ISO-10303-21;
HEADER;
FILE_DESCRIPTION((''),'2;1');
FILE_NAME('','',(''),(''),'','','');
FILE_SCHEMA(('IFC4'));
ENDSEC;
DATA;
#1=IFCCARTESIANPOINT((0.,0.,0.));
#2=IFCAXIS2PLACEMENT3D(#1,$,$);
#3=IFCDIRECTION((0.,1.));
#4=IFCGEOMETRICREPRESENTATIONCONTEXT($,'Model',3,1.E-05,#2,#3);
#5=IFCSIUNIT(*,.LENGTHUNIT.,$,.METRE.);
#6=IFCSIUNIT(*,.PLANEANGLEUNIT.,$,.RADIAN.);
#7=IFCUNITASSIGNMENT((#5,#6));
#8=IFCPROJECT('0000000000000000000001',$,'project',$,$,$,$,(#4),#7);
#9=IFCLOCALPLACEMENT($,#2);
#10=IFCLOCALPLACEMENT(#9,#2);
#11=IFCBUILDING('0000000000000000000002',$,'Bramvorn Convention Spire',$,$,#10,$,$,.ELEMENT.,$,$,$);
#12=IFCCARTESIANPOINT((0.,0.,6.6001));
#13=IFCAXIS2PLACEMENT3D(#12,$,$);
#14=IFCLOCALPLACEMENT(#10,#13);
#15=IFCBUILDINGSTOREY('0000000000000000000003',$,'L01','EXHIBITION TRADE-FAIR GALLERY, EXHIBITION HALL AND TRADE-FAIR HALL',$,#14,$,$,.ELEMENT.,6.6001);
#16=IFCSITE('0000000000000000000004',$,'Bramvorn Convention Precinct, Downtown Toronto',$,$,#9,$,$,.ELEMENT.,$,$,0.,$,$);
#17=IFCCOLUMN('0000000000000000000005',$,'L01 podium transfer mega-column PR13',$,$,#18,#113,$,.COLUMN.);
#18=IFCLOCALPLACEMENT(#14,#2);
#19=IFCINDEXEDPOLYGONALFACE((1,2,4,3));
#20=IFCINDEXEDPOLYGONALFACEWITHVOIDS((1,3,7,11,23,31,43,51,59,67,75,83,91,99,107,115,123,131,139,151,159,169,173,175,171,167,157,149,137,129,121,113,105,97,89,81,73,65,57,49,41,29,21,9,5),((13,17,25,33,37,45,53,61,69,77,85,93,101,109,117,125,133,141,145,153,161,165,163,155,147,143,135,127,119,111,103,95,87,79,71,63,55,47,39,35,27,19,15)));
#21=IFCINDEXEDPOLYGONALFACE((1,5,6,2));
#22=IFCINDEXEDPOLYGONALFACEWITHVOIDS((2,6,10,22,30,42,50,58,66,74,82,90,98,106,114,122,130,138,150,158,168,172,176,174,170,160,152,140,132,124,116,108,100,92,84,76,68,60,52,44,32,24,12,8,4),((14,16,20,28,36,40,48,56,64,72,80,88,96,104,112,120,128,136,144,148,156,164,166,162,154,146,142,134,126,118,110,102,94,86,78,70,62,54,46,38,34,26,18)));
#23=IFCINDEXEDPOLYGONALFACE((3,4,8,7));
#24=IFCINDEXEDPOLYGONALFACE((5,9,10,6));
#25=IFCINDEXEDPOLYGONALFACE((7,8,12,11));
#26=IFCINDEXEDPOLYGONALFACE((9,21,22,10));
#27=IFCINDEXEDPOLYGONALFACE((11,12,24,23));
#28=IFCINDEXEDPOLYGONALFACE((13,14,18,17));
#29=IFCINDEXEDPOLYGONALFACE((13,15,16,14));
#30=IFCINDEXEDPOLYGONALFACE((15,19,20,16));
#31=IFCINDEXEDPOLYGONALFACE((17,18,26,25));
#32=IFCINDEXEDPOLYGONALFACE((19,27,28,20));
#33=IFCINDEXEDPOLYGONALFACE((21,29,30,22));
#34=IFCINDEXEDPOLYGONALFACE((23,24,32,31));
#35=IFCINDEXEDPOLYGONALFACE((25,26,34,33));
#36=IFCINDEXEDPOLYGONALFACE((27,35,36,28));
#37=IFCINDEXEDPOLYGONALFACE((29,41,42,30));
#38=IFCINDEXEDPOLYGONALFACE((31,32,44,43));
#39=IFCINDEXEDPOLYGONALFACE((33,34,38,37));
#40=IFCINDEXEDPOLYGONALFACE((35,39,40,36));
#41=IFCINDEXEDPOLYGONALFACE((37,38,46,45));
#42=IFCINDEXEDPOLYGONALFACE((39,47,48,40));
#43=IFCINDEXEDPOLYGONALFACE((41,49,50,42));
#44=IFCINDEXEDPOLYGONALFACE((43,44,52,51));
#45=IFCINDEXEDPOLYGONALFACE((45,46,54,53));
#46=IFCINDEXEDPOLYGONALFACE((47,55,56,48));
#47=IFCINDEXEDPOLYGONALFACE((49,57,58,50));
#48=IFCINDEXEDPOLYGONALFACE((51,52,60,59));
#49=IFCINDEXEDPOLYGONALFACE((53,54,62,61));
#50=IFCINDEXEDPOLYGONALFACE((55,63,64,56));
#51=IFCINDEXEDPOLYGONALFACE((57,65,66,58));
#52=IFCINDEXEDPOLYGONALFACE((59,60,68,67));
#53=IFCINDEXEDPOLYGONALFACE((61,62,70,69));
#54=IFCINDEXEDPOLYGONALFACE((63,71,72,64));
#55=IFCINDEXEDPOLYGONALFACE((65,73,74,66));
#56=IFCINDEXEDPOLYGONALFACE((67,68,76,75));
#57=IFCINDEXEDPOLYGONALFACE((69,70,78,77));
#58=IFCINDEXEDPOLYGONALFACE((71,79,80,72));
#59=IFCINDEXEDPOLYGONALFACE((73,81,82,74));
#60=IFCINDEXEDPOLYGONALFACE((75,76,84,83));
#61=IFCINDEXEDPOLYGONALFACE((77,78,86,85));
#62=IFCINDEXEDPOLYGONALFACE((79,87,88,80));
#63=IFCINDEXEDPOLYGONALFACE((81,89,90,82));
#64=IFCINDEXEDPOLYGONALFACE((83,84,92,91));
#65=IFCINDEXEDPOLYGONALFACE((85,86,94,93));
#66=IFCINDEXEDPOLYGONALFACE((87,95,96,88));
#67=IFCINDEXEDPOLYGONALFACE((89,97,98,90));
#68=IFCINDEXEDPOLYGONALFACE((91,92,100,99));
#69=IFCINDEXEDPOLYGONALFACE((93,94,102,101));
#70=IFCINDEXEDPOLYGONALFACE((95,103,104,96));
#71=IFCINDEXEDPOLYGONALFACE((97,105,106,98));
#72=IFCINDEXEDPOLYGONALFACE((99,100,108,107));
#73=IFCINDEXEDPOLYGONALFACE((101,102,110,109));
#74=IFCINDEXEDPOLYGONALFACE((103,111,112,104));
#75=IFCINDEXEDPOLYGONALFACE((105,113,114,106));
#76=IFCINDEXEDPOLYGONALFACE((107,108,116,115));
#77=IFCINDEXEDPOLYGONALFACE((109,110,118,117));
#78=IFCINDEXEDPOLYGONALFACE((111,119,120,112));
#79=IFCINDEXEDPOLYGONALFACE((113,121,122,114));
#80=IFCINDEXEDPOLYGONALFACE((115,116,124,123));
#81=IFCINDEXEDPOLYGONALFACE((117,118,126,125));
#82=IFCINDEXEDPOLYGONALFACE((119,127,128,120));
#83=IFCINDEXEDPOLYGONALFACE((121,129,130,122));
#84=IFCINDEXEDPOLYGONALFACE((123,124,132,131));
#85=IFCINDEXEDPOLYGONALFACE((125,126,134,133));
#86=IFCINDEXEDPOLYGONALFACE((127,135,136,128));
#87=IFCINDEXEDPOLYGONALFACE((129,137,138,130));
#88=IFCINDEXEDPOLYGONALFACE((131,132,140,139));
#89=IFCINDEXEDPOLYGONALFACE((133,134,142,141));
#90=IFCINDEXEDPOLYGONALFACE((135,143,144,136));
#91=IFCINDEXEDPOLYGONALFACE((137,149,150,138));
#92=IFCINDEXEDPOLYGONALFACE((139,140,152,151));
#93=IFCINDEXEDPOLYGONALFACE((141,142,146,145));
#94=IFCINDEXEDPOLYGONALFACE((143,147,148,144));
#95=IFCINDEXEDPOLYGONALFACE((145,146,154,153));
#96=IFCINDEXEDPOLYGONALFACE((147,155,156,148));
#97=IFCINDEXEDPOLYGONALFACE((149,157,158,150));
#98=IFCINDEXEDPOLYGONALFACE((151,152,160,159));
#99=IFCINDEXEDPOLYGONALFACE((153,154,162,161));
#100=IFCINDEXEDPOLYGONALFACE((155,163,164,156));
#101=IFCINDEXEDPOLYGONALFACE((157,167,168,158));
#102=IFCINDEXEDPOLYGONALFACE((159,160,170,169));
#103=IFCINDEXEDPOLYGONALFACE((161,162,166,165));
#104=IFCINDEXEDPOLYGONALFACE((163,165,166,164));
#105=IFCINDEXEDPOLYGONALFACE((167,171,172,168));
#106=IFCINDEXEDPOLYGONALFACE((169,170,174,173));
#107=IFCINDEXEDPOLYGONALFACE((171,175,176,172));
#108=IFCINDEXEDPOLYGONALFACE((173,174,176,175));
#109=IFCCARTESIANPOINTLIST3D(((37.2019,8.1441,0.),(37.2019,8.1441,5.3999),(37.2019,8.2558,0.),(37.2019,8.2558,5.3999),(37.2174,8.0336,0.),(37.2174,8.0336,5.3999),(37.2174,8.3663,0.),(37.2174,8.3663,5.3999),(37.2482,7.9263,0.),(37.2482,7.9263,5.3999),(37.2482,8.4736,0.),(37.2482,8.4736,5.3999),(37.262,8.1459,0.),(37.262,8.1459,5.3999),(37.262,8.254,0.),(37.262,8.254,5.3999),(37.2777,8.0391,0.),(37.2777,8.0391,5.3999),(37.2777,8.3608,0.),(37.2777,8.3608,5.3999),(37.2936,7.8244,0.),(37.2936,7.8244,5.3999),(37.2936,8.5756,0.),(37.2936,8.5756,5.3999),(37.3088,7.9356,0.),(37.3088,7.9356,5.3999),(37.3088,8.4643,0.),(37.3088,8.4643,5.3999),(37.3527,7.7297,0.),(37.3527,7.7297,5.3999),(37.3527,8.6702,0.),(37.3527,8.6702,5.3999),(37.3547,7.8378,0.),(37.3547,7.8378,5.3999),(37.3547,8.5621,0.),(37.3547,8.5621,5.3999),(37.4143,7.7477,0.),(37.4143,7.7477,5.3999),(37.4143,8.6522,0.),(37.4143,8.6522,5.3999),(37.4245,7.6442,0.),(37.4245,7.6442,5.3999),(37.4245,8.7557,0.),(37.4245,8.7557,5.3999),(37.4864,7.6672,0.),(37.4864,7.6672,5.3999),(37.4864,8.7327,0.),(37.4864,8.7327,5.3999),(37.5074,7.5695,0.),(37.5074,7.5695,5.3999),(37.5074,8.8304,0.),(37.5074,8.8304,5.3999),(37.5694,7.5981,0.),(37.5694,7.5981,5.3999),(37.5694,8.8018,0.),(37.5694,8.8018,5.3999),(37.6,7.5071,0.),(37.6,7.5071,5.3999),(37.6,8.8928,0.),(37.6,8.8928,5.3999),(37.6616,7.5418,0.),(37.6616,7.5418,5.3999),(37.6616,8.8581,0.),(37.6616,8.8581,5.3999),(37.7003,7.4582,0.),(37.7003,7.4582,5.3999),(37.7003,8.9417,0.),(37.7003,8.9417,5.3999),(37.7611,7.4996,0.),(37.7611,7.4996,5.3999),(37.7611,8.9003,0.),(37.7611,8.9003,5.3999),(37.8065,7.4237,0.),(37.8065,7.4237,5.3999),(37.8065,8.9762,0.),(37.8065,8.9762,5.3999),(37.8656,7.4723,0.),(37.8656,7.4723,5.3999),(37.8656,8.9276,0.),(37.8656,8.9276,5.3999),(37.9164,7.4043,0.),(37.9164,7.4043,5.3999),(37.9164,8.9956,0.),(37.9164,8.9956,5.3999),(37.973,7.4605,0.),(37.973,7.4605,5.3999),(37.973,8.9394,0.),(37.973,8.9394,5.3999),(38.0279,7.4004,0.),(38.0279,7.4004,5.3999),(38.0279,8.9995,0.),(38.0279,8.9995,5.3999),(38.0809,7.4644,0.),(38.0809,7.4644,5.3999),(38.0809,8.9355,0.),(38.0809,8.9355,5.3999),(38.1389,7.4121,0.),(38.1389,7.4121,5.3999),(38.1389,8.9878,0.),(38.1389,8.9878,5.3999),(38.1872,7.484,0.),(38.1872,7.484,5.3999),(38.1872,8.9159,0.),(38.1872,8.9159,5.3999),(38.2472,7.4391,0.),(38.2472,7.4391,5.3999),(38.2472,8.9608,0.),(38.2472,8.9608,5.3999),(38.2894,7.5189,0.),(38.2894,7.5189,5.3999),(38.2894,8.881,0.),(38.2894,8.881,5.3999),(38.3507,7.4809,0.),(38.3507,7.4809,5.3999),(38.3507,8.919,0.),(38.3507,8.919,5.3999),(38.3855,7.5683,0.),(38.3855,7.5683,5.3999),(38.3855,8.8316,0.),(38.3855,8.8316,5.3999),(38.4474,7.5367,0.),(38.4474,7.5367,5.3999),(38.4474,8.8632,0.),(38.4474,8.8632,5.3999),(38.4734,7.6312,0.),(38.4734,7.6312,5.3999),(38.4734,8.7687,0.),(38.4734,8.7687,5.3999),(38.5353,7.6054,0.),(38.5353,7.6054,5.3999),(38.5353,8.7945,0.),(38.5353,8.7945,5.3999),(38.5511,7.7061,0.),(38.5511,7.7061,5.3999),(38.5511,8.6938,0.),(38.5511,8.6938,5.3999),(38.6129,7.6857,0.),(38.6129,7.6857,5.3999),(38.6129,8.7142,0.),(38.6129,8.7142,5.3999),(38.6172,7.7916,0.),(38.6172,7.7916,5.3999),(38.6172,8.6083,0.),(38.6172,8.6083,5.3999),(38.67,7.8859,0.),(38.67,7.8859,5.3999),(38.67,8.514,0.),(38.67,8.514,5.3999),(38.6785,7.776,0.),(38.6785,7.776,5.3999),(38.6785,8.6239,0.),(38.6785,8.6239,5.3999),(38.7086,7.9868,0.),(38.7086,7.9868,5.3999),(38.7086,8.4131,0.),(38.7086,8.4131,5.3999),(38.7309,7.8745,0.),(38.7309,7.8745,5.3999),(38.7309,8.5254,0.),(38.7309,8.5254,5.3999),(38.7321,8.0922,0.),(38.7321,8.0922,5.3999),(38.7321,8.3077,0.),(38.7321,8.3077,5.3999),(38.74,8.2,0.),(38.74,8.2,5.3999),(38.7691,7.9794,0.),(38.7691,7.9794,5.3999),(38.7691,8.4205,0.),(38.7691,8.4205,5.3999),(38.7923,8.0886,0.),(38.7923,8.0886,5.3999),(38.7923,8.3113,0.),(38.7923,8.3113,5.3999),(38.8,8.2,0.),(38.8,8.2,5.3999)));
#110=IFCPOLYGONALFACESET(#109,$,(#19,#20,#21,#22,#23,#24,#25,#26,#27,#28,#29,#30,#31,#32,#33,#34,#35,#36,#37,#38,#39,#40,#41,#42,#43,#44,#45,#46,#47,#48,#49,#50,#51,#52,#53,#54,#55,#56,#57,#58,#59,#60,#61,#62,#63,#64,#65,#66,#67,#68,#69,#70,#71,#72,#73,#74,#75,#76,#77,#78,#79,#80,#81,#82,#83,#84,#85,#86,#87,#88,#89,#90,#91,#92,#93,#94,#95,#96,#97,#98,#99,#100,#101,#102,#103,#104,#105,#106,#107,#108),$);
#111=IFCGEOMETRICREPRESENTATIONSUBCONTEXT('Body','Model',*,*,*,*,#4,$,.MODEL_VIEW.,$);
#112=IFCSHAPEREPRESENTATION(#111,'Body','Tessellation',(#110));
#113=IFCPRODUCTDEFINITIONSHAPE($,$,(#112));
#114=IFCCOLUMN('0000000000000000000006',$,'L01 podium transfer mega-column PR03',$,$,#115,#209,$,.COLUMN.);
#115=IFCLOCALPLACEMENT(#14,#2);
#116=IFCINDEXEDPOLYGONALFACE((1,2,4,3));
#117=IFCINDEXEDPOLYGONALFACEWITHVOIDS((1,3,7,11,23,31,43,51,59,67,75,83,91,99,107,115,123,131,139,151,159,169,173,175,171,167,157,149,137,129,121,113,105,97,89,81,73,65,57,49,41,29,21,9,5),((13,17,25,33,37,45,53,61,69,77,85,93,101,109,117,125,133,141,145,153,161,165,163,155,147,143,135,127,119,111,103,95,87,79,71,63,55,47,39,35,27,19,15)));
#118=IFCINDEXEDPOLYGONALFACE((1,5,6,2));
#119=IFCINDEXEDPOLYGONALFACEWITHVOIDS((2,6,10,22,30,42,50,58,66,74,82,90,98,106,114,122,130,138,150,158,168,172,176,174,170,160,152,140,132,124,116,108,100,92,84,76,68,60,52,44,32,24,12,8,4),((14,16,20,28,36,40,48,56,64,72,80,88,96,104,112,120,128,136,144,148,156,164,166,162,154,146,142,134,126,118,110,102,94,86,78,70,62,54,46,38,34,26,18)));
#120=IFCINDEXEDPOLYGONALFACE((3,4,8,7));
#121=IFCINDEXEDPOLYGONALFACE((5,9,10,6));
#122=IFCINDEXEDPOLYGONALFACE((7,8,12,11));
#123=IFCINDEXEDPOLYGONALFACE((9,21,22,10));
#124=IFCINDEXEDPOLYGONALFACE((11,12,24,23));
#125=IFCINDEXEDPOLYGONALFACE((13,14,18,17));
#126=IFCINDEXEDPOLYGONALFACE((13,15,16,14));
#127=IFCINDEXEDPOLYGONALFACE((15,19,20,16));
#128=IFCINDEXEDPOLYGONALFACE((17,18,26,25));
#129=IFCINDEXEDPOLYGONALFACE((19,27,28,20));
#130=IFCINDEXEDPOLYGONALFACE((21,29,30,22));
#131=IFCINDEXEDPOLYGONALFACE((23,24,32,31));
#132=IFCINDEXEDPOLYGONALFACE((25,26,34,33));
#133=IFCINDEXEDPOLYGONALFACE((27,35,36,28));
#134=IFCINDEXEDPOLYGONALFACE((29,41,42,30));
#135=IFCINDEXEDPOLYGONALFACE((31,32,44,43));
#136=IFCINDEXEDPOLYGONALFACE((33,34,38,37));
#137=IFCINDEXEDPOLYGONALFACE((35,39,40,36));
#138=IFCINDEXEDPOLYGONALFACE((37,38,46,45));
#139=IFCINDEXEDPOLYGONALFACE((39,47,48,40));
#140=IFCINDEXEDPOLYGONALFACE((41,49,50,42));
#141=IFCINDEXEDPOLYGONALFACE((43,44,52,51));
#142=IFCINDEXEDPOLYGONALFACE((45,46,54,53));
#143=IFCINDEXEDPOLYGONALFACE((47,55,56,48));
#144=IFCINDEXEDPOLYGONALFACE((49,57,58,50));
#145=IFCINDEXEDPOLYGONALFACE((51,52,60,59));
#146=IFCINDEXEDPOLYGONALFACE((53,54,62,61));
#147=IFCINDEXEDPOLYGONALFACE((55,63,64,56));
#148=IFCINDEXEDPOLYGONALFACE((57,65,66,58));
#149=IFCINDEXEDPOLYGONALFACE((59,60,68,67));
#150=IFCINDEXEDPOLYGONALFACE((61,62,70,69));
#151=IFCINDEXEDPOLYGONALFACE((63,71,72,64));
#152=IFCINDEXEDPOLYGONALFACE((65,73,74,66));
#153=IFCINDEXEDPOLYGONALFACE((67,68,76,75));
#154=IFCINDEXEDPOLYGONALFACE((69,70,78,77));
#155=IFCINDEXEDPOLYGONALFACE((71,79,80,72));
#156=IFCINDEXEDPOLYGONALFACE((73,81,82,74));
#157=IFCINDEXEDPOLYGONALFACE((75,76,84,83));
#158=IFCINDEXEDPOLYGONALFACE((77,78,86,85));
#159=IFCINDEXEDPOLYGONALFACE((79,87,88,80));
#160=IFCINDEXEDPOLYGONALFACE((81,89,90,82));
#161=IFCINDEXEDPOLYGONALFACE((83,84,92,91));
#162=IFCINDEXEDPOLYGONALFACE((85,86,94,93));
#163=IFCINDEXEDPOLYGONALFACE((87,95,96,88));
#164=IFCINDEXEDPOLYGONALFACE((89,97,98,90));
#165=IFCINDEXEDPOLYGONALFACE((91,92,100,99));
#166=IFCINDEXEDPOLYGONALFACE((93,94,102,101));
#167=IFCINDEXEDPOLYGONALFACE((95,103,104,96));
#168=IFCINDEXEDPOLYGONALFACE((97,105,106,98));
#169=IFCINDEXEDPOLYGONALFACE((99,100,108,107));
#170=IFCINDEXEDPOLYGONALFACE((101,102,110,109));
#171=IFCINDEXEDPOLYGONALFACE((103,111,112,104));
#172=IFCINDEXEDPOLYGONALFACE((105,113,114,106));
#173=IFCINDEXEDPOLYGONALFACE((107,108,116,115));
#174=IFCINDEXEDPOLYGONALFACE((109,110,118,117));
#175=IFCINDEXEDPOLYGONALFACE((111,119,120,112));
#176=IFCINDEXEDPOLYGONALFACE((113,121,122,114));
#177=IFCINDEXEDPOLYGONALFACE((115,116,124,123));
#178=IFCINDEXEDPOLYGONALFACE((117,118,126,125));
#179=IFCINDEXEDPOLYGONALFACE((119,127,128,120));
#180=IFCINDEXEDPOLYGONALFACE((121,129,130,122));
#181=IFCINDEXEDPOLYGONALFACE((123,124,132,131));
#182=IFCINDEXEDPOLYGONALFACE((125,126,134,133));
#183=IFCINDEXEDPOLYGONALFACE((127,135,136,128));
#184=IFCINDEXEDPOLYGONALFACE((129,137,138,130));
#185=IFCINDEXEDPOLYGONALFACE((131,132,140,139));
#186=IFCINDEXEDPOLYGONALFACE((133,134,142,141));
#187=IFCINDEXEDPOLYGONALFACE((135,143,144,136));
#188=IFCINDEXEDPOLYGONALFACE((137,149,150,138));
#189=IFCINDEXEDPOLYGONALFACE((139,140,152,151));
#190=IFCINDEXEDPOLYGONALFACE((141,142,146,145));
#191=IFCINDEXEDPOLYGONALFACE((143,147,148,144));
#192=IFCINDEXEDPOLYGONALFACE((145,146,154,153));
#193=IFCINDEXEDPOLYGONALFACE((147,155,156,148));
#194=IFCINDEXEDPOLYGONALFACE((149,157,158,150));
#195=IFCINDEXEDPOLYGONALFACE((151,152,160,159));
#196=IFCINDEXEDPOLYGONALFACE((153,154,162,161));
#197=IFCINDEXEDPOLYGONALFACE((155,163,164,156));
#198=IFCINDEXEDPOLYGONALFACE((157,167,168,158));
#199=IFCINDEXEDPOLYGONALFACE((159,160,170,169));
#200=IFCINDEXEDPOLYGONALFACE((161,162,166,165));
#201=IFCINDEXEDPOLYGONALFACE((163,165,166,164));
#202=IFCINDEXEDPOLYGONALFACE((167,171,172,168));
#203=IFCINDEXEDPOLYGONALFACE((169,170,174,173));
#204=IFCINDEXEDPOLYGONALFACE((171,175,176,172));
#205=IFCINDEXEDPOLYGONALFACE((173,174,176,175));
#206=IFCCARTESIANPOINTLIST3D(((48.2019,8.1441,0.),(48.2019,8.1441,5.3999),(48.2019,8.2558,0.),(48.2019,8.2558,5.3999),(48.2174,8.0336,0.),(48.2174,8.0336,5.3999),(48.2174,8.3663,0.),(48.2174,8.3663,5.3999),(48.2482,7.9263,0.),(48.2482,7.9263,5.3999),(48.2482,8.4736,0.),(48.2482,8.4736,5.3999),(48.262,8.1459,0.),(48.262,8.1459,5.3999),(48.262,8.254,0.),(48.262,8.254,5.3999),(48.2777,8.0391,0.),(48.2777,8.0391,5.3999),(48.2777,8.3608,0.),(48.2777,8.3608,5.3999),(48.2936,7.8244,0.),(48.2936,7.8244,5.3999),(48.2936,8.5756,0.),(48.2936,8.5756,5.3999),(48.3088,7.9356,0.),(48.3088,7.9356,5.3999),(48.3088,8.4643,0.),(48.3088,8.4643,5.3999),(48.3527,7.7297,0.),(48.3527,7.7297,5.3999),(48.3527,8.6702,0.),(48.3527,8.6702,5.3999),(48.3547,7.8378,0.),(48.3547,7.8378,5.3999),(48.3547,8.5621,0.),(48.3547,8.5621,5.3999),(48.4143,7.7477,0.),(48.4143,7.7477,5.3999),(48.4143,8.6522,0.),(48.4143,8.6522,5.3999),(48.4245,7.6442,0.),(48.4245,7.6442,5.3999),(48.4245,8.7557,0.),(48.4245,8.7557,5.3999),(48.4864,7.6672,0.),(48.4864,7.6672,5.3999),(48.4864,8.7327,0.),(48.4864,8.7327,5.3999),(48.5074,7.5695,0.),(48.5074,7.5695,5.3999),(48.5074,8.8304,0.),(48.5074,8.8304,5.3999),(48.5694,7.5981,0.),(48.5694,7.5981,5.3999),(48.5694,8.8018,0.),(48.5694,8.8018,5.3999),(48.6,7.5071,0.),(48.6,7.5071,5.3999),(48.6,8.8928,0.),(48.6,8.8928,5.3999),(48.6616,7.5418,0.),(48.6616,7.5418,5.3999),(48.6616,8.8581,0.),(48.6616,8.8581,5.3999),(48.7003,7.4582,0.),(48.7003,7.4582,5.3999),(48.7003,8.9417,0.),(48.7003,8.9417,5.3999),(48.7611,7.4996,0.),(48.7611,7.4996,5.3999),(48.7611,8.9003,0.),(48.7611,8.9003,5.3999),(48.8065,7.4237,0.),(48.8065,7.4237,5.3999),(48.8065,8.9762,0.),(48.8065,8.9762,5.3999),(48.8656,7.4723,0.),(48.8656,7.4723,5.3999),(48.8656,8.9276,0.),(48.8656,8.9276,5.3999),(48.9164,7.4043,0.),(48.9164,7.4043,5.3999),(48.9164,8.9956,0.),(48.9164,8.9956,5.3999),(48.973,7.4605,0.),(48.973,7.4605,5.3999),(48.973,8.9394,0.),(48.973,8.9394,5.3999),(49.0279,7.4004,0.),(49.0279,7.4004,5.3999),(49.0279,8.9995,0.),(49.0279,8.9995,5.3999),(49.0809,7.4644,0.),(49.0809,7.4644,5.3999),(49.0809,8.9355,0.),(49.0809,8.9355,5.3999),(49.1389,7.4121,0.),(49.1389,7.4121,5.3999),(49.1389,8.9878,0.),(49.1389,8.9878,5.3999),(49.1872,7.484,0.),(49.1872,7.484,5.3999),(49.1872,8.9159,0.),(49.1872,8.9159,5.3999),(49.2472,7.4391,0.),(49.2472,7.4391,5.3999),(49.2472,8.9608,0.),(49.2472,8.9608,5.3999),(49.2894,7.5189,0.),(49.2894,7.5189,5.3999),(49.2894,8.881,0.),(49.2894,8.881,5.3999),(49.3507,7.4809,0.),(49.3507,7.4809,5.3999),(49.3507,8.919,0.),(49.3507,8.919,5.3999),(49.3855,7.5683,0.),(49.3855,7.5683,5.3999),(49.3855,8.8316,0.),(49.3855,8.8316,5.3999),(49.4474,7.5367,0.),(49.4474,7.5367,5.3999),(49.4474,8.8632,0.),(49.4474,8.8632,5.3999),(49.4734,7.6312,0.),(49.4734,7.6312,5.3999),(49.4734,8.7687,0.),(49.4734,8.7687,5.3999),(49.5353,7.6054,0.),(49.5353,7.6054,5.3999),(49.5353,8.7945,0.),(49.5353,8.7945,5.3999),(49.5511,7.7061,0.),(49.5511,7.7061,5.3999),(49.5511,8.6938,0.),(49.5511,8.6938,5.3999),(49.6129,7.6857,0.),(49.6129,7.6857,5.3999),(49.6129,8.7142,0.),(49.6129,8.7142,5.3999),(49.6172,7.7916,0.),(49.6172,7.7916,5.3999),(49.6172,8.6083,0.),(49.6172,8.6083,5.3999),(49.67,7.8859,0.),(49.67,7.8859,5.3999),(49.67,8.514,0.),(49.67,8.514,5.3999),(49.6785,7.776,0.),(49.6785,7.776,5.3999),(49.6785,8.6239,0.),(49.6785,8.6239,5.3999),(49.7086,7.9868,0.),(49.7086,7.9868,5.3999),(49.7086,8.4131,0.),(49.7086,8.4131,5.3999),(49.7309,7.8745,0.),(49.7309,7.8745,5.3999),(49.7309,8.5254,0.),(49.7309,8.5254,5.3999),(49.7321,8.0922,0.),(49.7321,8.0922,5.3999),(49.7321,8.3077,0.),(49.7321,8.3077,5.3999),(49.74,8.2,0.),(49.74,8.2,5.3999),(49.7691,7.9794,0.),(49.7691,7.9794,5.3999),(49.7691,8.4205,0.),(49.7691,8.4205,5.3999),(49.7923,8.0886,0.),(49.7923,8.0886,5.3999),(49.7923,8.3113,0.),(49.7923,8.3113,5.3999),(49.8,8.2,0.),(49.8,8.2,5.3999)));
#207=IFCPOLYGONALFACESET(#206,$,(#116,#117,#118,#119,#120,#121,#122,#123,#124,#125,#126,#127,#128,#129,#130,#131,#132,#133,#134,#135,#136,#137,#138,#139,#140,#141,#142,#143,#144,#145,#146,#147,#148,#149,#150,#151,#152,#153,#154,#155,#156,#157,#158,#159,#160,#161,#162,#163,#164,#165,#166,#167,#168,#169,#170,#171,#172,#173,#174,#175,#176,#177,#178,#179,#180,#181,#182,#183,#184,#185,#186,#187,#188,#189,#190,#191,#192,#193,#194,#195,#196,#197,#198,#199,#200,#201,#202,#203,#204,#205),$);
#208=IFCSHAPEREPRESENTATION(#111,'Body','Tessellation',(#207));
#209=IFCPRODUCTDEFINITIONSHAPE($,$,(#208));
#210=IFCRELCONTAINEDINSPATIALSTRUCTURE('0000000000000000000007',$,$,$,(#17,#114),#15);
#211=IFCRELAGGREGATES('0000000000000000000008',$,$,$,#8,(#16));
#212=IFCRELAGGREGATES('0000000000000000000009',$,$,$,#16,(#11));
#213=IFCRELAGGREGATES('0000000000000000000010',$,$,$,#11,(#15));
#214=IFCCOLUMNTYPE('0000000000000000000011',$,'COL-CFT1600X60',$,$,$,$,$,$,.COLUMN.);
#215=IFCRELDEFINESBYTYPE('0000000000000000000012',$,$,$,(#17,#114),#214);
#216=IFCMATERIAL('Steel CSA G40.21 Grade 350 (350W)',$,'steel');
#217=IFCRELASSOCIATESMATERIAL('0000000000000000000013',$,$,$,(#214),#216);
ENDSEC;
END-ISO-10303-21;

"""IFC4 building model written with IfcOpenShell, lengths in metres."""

from ifc_helpers import new_model, si_unit, direction, frame, origin, origin_2d, place, context, subcontext, project, spatial, hollow_circle, extrude, material, material_profile, profile_set, type_object, element, save


model = new_model("IFC4")

# Units and contexts
model_context = context("Model", 3, precision=1e-05, world=origin(), true_north=direction((0.0, 1.0)))
body_context = subcontext(model_context, "Body", "Model", "MODEL_VIEW")
ifc_project = project(units=[si_unit("LENGTHUNIT", "METRE"), si_unit("PLANEANGLEUNIT", "RADIAN")], contexts=[model_context])

# Site, building, storey
site_placement = place(None, origin())
site = spatial("IfcSite", under=ifc_project, at=site_placement, Name="Bramvorn Convention Precinct, Downtown Toronto", CompositionType="ELEMENT", RefElevation=0.0)
building_placement = place(site_placement, origin())
building = spatial("IfcBuilding", under=site, at=building_placement, Name="Bramvorn Convention Spire", CompositionType="ELEMENT")
storey_placement = place(building_placement, frame((0.0, 0.0, 6.6001)))
storey = spatial("IfcBuildingStorey", under=building, at=storey_placement, Name="L01", Description="EXHIBITION TRADE-FAIR GALLERY, EXHIBITION HALL AND TRADE-FAIR HALL", CompositionType="ELEMENT", Elevation=6.6001)

# Columns
ifc_material_1 = material(Name="Steel CSA G40.21 Grade 350 (350W)", Category="steel")
ifc_material_profile_1 = material_profile(ifc_material_1, hollow_circle(Radius=0.8, WallThickness=0.0601, at=origin_2d()))
ifc_profile_set_1 = profile_set([ifc_material_profile_1], Name="Steel CSA G40.21 Grade 350 (350W) - CFT1600X60")
column_type_1 = type_object("IfcColumnType", Name="COL-CFT1600X60", PredefinedType="COLUMN", material=ifc_profile_set_1)
for number, where, z_axis, x_axis, name in (
    (1, (38.0, 8.2, 0.0), (0.0, 0.0, 1.0), (1.0, 0.0, 0.0), "L01 podium transfer mega-column PR13"),
    (2, (49.0, 8.2, 0.0), (0.0, 0.0, 1.0), (1.0, 0.0, 0.0), "L01 podium transfer mega-column PR03"),
):
    element("IfcColumn", number, at=place(storey_placement, frame(where, z_axis=z_axis, x_axis=x_axis)), inside=storey, type_object=column_type_1, Name=name, PredefinedType="COLUMN", context=body_context, shape_type="SweptSolid", body=[
        extrude(hollow_circle(Radius=0.8, WallThickness=0.0601, at=origin_2d()), origin(), (0.0, 0.0, 1.0), 5.3999),
    ])

save(model, "model.ifc")
